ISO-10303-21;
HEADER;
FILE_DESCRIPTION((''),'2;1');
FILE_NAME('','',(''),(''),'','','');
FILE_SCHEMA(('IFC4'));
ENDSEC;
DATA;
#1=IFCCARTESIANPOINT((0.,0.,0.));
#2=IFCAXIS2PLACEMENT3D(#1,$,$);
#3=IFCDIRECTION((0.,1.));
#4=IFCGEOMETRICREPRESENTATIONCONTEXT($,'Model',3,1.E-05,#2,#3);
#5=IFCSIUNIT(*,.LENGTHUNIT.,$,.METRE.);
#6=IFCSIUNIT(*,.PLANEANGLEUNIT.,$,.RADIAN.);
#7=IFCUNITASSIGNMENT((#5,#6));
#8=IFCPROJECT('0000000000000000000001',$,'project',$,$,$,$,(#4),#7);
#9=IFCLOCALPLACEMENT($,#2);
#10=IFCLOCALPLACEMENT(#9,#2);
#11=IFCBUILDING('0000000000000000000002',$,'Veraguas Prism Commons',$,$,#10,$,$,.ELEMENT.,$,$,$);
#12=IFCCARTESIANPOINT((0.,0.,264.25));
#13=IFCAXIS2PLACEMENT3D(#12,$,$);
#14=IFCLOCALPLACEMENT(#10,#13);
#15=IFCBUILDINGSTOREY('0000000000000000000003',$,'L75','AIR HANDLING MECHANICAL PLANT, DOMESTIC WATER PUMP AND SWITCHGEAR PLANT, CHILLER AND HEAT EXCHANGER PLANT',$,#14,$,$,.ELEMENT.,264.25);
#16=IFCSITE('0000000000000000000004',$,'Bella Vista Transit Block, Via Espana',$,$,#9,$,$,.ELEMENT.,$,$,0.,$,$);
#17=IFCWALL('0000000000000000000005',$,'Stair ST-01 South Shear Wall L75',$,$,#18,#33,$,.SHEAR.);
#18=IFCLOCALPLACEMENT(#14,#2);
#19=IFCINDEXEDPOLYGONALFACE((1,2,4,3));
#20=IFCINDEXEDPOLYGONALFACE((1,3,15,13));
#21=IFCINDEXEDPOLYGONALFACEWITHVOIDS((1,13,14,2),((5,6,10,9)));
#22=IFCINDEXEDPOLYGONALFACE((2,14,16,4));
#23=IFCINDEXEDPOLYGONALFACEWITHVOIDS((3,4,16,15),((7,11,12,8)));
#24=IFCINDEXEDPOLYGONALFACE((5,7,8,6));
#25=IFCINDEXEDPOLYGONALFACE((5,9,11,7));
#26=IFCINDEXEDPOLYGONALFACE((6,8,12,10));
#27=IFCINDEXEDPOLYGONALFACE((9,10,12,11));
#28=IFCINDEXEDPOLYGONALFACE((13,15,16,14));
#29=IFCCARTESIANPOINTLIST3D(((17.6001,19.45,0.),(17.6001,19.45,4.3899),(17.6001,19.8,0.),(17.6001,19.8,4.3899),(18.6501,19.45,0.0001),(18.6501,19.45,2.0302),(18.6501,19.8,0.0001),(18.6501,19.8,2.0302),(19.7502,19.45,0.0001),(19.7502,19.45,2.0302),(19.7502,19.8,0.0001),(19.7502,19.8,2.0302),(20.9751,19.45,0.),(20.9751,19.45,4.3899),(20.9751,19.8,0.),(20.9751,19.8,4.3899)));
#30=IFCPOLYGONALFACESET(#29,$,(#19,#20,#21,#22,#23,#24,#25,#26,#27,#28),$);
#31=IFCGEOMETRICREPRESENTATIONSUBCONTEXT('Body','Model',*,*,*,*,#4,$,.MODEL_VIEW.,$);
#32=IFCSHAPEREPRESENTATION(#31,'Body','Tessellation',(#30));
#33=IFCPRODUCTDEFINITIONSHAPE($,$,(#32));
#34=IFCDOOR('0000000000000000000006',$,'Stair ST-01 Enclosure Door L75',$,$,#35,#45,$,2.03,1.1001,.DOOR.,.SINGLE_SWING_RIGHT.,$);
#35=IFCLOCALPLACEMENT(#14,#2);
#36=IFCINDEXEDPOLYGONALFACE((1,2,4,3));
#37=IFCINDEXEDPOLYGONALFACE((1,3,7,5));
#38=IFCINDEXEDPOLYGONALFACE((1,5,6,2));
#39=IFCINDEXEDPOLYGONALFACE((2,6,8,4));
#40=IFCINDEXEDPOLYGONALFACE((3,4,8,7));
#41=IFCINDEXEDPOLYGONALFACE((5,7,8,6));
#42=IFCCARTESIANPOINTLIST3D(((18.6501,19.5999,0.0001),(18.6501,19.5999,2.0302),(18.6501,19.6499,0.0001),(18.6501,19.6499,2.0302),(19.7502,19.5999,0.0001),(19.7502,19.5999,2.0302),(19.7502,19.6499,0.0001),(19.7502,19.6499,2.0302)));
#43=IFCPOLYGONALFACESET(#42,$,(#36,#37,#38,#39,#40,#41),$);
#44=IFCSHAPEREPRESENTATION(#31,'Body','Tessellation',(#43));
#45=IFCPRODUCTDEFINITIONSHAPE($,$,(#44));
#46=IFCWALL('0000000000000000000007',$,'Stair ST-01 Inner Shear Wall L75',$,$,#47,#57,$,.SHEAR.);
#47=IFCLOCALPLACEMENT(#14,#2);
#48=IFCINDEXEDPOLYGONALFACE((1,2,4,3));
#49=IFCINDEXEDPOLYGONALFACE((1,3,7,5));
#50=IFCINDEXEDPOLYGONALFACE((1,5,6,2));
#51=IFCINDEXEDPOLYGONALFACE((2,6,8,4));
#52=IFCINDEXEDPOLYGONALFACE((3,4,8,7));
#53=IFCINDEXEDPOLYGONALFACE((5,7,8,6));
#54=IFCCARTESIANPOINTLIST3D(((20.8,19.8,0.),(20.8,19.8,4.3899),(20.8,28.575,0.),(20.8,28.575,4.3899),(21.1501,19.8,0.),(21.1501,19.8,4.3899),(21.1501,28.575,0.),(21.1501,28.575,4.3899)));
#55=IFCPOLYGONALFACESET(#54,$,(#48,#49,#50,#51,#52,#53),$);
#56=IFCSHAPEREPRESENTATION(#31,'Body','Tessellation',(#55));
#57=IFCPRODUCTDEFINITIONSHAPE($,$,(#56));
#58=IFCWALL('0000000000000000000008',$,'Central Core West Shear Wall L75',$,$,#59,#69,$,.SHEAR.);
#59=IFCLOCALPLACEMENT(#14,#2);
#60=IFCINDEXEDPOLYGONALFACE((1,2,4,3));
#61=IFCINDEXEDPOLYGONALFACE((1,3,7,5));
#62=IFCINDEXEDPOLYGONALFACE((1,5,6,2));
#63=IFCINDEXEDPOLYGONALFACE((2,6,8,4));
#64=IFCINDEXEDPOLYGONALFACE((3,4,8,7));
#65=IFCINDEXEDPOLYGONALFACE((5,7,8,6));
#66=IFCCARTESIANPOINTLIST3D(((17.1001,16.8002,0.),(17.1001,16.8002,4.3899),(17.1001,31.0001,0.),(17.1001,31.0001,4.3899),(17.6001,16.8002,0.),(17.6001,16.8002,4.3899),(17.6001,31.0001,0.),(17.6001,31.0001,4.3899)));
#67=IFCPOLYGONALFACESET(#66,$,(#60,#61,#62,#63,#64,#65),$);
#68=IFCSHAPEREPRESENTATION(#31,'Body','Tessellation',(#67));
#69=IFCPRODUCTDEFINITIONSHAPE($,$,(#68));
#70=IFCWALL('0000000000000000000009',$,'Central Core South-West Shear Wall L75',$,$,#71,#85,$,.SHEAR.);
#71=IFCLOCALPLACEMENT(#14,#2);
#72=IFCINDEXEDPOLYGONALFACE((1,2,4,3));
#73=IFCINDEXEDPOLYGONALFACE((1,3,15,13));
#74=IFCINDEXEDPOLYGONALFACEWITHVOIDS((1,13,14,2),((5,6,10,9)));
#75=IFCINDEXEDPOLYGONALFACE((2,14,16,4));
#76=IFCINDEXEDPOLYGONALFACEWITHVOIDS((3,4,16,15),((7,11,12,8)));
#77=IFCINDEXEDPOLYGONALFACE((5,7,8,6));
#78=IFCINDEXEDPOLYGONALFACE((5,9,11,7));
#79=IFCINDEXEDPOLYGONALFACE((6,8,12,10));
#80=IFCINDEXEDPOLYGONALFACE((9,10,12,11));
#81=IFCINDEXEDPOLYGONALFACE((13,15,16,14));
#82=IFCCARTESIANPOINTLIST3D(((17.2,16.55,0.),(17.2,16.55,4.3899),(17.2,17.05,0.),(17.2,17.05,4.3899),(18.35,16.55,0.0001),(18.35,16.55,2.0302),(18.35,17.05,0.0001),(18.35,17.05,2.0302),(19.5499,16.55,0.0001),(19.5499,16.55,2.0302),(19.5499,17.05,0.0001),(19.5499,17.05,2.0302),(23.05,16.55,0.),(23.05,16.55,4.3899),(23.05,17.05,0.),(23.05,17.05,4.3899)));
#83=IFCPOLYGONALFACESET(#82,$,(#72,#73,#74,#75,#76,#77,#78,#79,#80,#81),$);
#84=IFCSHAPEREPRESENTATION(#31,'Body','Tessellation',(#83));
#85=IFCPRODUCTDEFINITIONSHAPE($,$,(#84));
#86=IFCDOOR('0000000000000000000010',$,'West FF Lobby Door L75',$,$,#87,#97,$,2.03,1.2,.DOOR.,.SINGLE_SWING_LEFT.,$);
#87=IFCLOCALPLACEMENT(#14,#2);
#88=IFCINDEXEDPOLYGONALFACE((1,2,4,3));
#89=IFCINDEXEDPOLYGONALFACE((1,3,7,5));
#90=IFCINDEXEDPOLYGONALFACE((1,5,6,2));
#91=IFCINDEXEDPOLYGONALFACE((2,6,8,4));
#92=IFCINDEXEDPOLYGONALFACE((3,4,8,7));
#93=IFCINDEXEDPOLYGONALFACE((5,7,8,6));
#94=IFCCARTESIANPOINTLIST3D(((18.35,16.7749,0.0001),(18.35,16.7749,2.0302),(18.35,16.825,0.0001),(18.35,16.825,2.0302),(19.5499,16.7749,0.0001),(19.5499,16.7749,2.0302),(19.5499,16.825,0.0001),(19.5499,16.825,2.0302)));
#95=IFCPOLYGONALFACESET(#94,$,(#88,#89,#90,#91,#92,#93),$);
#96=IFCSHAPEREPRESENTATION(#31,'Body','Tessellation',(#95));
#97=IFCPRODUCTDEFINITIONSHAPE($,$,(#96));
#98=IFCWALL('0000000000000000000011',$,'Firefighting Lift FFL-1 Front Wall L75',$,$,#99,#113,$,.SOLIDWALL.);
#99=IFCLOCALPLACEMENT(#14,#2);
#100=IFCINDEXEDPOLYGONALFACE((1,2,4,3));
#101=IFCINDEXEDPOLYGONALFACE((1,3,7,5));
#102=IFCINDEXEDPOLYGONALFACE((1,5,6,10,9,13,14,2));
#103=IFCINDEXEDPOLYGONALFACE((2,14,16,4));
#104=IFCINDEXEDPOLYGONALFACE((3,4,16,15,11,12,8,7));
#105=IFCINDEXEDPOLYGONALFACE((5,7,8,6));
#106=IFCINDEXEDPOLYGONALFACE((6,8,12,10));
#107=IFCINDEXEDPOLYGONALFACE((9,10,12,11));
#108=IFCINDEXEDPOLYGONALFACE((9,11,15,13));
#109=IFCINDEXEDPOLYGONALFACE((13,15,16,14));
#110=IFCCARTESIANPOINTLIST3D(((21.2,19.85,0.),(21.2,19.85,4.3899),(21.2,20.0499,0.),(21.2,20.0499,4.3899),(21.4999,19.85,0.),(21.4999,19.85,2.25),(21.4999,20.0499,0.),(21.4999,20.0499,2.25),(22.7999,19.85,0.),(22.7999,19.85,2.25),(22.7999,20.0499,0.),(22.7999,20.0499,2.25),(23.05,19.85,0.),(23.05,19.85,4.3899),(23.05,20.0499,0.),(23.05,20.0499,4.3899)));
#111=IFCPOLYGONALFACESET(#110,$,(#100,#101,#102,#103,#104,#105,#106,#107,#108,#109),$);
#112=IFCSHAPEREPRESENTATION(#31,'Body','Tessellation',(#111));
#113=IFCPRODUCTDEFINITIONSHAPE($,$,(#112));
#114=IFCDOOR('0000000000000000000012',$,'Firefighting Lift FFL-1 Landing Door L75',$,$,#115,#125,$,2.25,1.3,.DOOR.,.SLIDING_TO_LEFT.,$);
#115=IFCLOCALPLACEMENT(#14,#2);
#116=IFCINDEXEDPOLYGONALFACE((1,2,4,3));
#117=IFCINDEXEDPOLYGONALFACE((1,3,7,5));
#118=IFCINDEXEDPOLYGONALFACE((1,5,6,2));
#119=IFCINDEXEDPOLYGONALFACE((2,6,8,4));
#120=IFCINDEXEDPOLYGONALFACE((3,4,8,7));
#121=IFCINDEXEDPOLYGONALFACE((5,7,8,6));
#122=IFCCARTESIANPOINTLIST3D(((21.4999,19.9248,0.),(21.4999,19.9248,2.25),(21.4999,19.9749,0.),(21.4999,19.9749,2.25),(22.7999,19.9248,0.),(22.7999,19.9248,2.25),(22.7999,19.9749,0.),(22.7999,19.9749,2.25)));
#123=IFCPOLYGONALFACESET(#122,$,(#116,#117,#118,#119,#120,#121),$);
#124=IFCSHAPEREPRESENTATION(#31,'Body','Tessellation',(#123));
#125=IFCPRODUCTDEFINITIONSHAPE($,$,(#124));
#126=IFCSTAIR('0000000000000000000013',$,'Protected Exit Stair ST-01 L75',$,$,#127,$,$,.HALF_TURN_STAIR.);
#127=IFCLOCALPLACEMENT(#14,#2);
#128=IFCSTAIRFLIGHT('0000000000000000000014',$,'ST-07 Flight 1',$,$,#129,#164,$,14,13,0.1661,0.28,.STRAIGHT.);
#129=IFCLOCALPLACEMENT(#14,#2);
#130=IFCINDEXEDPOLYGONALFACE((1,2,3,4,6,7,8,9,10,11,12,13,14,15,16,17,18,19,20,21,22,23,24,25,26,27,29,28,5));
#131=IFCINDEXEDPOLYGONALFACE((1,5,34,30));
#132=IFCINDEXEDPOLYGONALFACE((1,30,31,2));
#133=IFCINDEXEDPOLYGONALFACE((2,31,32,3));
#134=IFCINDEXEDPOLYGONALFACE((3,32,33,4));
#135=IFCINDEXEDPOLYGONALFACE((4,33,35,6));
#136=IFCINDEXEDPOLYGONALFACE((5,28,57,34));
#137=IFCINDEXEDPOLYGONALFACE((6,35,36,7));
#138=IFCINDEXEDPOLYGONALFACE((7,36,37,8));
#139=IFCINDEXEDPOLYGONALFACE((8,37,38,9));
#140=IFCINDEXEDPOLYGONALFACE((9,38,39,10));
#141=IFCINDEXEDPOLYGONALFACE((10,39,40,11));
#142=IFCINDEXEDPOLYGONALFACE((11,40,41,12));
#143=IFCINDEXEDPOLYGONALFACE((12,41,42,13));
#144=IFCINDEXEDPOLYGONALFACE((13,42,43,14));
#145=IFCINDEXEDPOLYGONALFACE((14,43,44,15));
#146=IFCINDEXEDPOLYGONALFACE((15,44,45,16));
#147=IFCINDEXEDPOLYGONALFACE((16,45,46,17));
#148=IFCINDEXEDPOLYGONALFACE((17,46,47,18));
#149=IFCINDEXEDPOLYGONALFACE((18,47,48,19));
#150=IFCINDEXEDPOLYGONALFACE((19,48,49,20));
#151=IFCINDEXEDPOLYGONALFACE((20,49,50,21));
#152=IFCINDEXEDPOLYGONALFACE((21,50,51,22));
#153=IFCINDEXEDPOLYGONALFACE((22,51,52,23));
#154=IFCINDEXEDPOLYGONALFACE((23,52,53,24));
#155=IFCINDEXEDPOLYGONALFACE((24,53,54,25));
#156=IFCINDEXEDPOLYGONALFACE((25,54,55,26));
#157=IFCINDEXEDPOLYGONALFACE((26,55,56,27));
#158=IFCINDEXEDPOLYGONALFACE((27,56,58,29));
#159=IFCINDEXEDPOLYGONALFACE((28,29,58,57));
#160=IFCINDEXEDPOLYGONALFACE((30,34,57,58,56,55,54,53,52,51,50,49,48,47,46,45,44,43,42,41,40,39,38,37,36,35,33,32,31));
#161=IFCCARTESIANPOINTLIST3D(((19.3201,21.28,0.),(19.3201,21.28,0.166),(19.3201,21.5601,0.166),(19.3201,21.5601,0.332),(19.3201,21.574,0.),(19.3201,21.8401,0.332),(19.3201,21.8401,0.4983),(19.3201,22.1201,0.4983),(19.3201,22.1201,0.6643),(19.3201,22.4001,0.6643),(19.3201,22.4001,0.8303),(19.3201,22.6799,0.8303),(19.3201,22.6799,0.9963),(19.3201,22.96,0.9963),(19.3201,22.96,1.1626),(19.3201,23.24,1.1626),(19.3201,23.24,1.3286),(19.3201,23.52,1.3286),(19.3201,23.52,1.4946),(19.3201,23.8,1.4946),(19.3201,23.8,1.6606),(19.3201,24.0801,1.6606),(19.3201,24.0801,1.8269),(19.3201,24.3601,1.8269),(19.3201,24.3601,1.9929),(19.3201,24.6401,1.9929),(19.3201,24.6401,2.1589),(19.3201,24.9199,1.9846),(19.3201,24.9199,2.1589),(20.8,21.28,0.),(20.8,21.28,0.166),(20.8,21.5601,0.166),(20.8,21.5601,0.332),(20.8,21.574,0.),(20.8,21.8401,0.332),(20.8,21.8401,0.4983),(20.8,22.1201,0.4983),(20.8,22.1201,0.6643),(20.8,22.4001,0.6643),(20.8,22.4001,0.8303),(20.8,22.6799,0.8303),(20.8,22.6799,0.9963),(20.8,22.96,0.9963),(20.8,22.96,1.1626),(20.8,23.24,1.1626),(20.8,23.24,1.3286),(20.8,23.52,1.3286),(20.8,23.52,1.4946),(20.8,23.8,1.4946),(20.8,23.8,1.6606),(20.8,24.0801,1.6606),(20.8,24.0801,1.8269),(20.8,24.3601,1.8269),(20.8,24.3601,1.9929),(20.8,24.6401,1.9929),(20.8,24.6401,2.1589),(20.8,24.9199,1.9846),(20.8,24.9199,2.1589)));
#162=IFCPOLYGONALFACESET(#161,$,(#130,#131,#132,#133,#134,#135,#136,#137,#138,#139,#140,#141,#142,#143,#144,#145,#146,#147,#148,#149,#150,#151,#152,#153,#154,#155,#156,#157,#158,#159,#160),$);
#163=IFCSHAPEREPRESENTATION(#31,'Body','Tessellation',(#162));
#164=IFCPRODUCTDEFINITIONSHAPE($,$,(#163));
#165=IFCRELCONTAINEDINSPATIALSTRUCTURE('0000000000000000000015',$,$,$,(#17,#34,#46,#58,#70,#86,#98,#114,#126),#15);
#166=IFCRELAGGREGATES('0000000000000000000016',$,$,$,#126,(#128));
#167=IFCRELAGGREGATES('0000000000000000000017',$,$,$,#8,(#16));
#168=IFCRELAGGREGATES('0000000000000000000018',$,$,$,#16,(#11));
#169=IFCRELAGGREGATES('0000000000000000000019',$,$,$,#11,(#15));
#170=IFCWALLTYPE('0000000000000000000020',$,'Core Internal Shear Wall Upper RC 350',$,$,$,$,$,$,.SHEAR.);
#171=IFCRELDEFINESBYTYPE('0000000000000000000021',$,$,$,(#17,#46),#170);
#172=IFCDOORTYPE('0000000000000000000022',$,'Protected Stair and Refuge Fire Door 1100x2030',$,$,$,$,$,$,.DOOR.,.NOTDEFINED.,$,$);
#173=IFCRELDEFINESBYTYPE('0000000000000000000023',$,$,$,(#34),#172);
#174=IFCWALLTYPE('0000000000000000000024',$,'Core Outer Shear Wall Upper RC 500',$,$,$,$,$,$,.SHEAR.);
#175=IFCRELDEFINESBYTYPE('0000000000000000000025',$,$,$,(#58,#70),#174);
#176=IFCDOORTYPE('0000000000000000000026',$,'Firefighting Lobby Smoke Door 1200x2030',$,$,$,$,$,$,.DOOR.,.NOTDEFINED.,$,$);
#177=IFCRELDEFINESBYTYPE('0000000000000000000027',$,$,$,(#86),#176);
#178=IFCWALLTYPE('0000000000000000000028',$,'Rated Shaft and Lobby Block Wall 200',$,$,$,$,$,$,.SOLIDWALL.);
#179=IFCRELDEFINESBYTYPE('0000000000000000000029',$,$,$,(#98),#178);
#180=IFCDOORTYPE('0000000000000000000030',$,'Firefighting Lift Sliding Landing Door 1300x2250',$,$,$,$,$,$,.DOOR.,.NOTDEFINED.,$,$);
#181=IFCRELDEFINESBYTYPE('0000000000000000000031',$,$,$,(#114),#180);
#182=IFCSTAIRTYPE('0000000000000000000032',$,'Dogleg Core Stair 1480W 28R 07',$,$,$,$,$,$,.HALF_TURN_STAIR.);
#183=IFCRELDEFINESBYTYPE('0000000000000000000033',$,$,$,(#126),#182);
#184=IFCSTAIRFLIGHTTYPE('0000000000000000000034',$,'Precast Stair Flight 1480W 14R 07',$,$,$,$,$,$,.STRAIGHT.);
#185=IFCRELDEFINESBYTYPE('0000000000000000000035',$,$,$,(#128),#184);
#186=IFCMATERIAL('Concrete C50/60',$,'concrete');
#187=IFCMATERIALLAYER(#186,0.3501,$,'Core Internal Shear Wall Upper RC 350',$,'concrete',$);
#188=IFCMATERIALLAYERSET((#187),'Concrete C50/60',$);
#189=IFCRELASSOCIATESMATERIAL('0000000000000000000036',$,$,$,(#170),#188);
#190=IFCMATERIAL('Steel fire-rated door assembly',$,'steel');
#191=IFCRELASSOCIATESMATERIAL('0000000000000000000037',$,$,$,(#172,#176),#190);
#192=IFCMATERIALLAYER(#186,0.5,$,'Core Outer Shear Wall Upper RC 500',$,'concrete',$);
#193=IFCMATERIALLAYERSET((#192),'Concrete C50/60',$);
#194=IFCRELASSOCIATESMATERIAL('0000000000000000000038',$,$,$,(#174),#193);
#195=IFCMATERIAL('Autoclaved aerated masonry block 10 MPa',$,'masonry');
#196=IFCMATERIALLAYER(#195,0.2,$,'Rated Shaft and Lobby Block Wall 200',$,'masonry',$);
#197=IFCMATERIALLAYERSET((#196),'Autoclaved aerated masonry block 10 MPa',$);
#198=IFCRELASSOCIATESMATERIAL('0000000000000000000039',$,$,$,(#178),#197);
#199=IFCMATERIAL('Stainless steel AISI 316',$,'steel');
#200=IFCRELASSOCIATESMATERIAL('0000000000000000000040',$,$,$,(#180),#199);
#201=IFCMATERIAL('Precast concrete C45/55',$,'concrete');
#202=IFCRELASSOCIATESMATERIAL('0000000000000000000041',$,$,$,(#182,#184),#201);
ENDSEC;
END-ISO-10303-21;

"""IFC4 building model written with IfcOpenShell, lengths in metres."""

from ifc_helpers import new_model, si_unit, direction, frame, frame_2d, origin, place, context, subcontext, project, spatial, polyline, rectangle, outline, extrude, source, transform, mapped, material, layer, layer_set, type_object, element, fill, aggregate, save


model = new_model("IFC4")

# Units and contexts
model_context = context("Model", 3, precision=1e-05, world=origin(), true_north=direction((0.0, 1.0)))
body_context = subcontext(model_context, "Body", "Model", "MODEL_VIEW")
ifc_project = project(units=[si_unit("LENGTHUNIT", "METRE"), si_unit("PLANEANGLEUNIT", "RADIAN")], contexts=[model_context])

# Site, building, storey
site_placement = place(None, origin())
site = spatial("IfcSite", under=ifc_project, at=site_placement, Name="Bella Vista Transit Block, Via Espana", CompositionType="ELEMENT", RefElevation=0.0)
building_placement = place(site_placement, origin())
building = spatial("IfcBuilding", under=site, at=building_placement, Name="Veraguas Prism Commons", CompositionType="ELEMENT")
storey_placement = place(building_placement, frame((0.0, 0.0, 264.25)))
storey = spatial("IfcBuildingStorey", under=building, at=storey_placement, Name="L75", Description="AIR HANDLING MECHANICAL PLANT, DOMESTIC WATER PUMP AND SWITCHGEAR PLANT, CHILLER AND HEAT EXCHANGER PLANT", CompositionType="ELEMENT", Elevation=264.25)

# Shared definitions
ifc_material_1 = material(Name="Concrete C50/60", Category="concrete")

# Wall, opening, door
ifc_layer_1 = layer(ifc_material_1, 0.3501, Name="Core Internal Shear Wall Upper RC 350", Category="concrete")
ifc_layer_set_1 = layer_set([ifc_layer_1], Name="Concrete C50/60")
wall_type_1 = type_object("IfcWallType", Name="Core Internal Shear Wall Upper RC 350", PredefinedType="SHEAR", material=ifc_layer_set_1)
wall_1_placement = place(storey_placement, frame((17.6001, 19.625, 0.0), z_axis=(0.0, 0.0, 1.0), x_axis=(1.0, 0.0, 0.0)))
wall_1 = element("IfcWall", 1, at=wall_1_placement, inside=storey, type_object=wall_type_1, Name="Stair ST-01 South Shear Wall L75", PredefinedType="SHEAR", context=body_context, shape_type="SweptSolid", body=[
    extrude(rectangle(XDim=3.375, YDim=0.3501, at=frame_2d((1.6875, 0.0))), origin(), (0.0, 0.0, 1.0), 4.3899),
])
opening_1_placement = place(wall_1_placement, frame((1.05, 0.0, 0.0)))
opening_1 = element("IfcOpeningElement", 2, at=opening_1_placement, cuts=wall_1, PredefinedType="OPENING", context=body_context, shape_type="SweptSolid", body=[
    extrude(rectangle(XDim=1.1001, YDim=2.03, at=frame_2d((0.55, 1.0151))), frame((0.0, 0.1851, 0.0), z_axis=(0.0, -1.0, 0.0), x_axis=(1.0, 0.0, 0.0)), (0.0, 0.0, 1.0), 0.3701),
])
ifc_material_2 = material(Name="Steel fire-rated door assembly", Category="steel")
door_type_1 = type_object("IfcDoorType", Name="Protected Stair and Refuge Fire Door 1100x2030", OperationType="NOTDEFINED", PredefinedType="DOOR", material=ifc_material_2)
shared_shape_1 = source(origin(), body_context, "Body", "SweptSolid", [
    extrude(rectangle(XDim=1.1001, YDim=2.03, at=frame_2d((0.55, 1.0151))), frame((0.0, 0.0249, 0.0), z_axis=(0.0, -1.0, 0.0), x_axis=(1.0, 0.0, 0.0)), (0.0, 0.0, 1.0), 0.05),
])
door_1_placement = place(opening_1_placement, origin())
door_1 = element("IfcDoor", 3, at=door_1_placement, inside=storey, type_object=door_type_1, Name="Stair ST-01 Enclosure Door L75", OperationType="SINGLE_SWING_RIGHT", OverallHeight=2.03, OverallWidth=1.1001, PredefinedType="DOOR", context=body_context, shape_type="MappedRepresentation", body=[
    mapped(shared_shape_1, transform((0.0, 0.0, 0.0), scale=1.0)),
])
fill(opening_1, door_1)

# Walls
wall_2_placement = place(storey_placement, frame((20.9751, 19.8, 0.0), z_axis=(0.0, 0.0, 1.0), x_axis=(0.0, 1.0, 0.0)))
element("IfcWall", 4, at=wall_2_placement, inside=storey, type_object=wall_type_1, Name="Stair ST-01 Inner Shear Wall L75", PredefinedType="SHEAR", context=body_context, shape_type="SweptSolid", body=[
    extrude(rectangle(XDim=8.7749, YDim=0.3501, at=frame_2d((4.3875, 0.0))), origin(), (0.0, 0.0, 1.0), 4.3899),
])
ifc_layer_2 = layer(ifc_material_1, 0.5, Name="Core Outer Shear Wall Upper RC 500", Category="concrete")
ifc_layer_set_2 = layer_set([ifc_layer_2], Name="Concrete C50/60")
wall_type_2 = type_object("IfcWallType", Name="Core Outer Shear Wall Upper RC 500", PredefinedType="SHEAR", material=ifc_layer_set_2)
wall_3_placement = place(storey_placement, frame((17.3501, 16.8, 0.0), z_axis=(0.0, 0.0, 1.0), x_axis=(0.0, 1.0, 0.0)))
element("IfcWall", 5, at=wall_3_placement, inside=storey, type_object=wall_type_2, Name="Central Core West Shear Wall L75", PredefinedType="SHEAR", context=body_context, shape_type="SweptSolid", body=[
    extrude(rectangle(XDim=14.2, YDim=0.5, at=frame_2d((7.1001, 0.0))), origin(), (0.0, 0.0, 1.0), 4.3899),
])

# Walls, openings, doors
wall_4_placement = place(storey_placement, frame((17.2, 16.8, 0.0), z_axis=(0.0, 0.0, 1.0), x_axis=(1.0, 0.0, 0.0)))
wall_4 = element("IfcWall", 6, at=wall_4_placement, inside=storey, type_object=wall_type_2, Name="Central Core South-West Shear Wall L75", PredefinedType="SHEAR", context=body_context, shape_type="SweptSolid", body=[
    extrude(rectangle(XDim=5.8501, YDim=0.5, at=frame_2d((2.925, 0.0))), origin(), (0.0, 0.0, 1.0), 4.3899),
])
opening_2_placement = place(wall_4_placement, frame((1.1499, 0.0, 0.0)))
opening_2 = element("IfcOpeningElement", 7, at=opening_2_placement, cuts=wall_4, PredefinedType="OPENING", context=body_context, shape_type="SweptSolid", body=[
    extrude(rectangle(XDim=1.2, YDim=2.03, at=frame_2d((0.6001, 1.0151))), frame((0.0, 0.26, 0.0), z_axis=(0.0, -1.0, 0.0), x_axis=(1.0, 0.0, 0.0)), (0.0, 0.0, 1.0), 0.52),
])
door_type_2 = type_object("IfcDoorType", Name="Firefighting Lobby Smoke Door 1200x2030", OperationType="NOTDEFINED", PredefinedType="DOOR", material=ifc_material_2)
shared_shape_2 = source(origin(), body_context, "Body", "SweptSolid", [
    extrude(rectangle(XDim=1.2, YDim=2.03, at=frame_2d((0.6001, 1.0151))), frame((0.0, 0.0249, 0.0), z_axis=(0.0, -1.0, 0.0), x_axis=(1.0, 0.0, 0.0)), (0.0, 0.0, 1.0), 0.05),
])
door_2_placement = place(opening_2_placement, origin())
door_2 = element("IfcDoor", 8, at=door_2_placement, inside=storey, type_object=door_type_2, Name="West FF Lobby Door L75", OperationType="SINGLE_SWING_LEFT", OverallHeight=2.03, OverallWidth=1.2, PredefinedType="DOOR", context=body_context, shape_type="MappedRepresentation", body=[
    mapped(shared_shape_2, transform((0.0, 0.0, 0.0), scale=1.0)),
])
fill(opening_2, door_2)
ifc_material_3 = material(Name="Autoclaved aerated masonry block 10 MPa", Category="masonry")
ifc_layer_3 = layer(ifc_material_3, 0.2, Name="Rated Shaft and Lobby Block Wall 200", Category="masonry")
ifc_layer_set_3 = layer_set([ifc_layer_3], Name="Autoclaved aerated masonry block 10 MPa")
wall_type_3 = type_object("IfcWallType", Name="Rated Shaft and Lobby Block Wall 200", PredefinedType="SOLIDWALL", material=ifc_layer_set_3)
wall_5_placement = place(storey_placement, frame((21.2, 19.95, 0.0), z_axis=(0.0, 0.0, 1.0), x_axis=(1.0, 0.0, 0.0)))
wall_5 = element("IfcWall", 9, at=wall_5_placement, inside=storey, type_object=wall_type_3, Name="Firefighting Lift FFL-1 Front Wall L75", PredefinedType="SOLIDWALL", context=body_context, shape_type="SweptSolid", body=[
    extrude(rectangle(XDim=1.8501, YDim=0.2, at=frame_2d((0.925, 0.0))), origin(), (0.0, 0.0, 1.0), 4.3899),
])
opening_3_placement = place(wall_5_placement, frame((0.3, 0.0, 0.0)))
opening_3 = element("IfcOpeningElement", 10, at=opening_3_placement, cuts=wall_5, PredefinedType="OPENING", context=body_context, shape_type="SweptSolid", body=[
    extrude(rectangle(XDim=1.3, YDim=2.25, at=frame_2d((0.6499, 1.125))), frame((0.0, 0.1099, 0.0), z_axis=(0.0, -1.0, 0.0), x_axis=(1.0, 0.0, 0.0)), (0.0, 0.0, 1.0), 0.22),
])
ifc_material_4 = material(Name="Stainless steel AISI 316", Category="steel")
door_type_3 = type_object("IfcDoorType", Name="Firefighting Lift Sliding Landing Door 1300x2250", OperationType="NOTDEFINED", PredefinedType="DOOR", material=ifc_material_4)
shared_shape_3 = source(origin(), body_context, "Body", "SweptSolid", [
    extrude(rectangle(XDim=1.3, YDim=2.25, at=frame_2d((0.6499, 1.125))), frame((0.0, 0.0249, 0.0), z_axis=(0.0, -1.0, 0.0), x_axis=(1.0, 0.0, 0.0)), (0.0, 0.0, 1.0), 0.05),
])
door_3_placement = place(opening_3_placement, origin())
door_3 = element("IfcDoor", 11, at=door_3_placement, inside=storey, type_object=door_type_3, Name="Firefighting Lift FFL-1 Landing Door L75", OperationType="SLIDING_TO_LEFT", OverallHeight=2.25, OverallWidth=1.3, PredefinedType="DOOR", context=body_context, shape_type="MappedRepresentation", body=[
    mapped(shared_shape_3, transform((0.0, 0.0, 0.0), scale=1.0)),
])
fill(opening_3, door_3)

# Stair, stair flight
ifc_material_5 = material(Name="Precast concrete C45/55", Category="concrete")
stair_type = type_object("IfcStairType", Name="Dogleg Core Stair 1480W 28R 07", PredefinedType="HALF_TURN_STAIR", material=ifc_material_5)
stair_placement = place(storey_placement, origin())
stair = element("IfcStair", 12, at=stair_placement, inside=storey, type_object=stair_type, Name="Protected Exit Stair ST-01 L75", PredefinedType="HALF_TURN_STAIR")
stair_flight_type = type_object("IfcStairFlightType", Name="Precast Stair Flight 1480W 14R 07", PredefinedType="STRAIGHT", material=ifc_material_5)
stair_flight_placement = place(storey_placement, frame((20.0601, 21.28, 0.0), z_axis=(0.0, 0.0, 1.0), x_axis=(0.0, 1.0, 0.0)))
stair_flight = element("IfcStairFlight", 13, at=stair_flight_placement, type_object=stair_flight_type, Name="ST-07 Flight 1", NumberOfRisers=14, NumberOfTreads=13, PredefinedType="STRAIGHT", RiserHeight=0.1661, TreadLength=0.28, context=body_context, shape_type="SweptSolid", body=[
    extrude(outline(polyline([(0.0, 0.0), (0.0, 0.166), (0.28, 0.166), (0.28, 0.332), (0.5601, 0.332), (0.5601, 0.4983), (0.8401, 0.4983), (0.8401, 0.6643), (1.1201, 0.6643), (1.1201, 0.8303), (1.3999, 0.8303), (1.3999, 0.9963), (1.6799, 0.9963), (1.6799, 1.1626), (1.96, 1.1626), (1.96, 1.3286), (2.24, 1.3286), (2.24, 1.4946), (2.52, 1.4946), (2.52, 1.6606), (2.8, 1.6606), (2.8, 1.8269), (3.0801, 1.8269), (3.0801, 1.9929), (3.3601, 1.9929), (3.3601, 2.1589), (3.6399, 2.1589), (3.6399, 2.325), (3.6399, 1.9846), (0.2939, 0.0), (0.0, 0.0)])), frame((0.0, 0.74, 0.0), z_axis=(0.0, -1.0, 0.0), x_axis=(1.0, 0.0, 0.0)), (0.0, 0.0, 1.0), 1.48),
])
aggregate(stair, [stair_flight])

save(model, "model.ifc")
